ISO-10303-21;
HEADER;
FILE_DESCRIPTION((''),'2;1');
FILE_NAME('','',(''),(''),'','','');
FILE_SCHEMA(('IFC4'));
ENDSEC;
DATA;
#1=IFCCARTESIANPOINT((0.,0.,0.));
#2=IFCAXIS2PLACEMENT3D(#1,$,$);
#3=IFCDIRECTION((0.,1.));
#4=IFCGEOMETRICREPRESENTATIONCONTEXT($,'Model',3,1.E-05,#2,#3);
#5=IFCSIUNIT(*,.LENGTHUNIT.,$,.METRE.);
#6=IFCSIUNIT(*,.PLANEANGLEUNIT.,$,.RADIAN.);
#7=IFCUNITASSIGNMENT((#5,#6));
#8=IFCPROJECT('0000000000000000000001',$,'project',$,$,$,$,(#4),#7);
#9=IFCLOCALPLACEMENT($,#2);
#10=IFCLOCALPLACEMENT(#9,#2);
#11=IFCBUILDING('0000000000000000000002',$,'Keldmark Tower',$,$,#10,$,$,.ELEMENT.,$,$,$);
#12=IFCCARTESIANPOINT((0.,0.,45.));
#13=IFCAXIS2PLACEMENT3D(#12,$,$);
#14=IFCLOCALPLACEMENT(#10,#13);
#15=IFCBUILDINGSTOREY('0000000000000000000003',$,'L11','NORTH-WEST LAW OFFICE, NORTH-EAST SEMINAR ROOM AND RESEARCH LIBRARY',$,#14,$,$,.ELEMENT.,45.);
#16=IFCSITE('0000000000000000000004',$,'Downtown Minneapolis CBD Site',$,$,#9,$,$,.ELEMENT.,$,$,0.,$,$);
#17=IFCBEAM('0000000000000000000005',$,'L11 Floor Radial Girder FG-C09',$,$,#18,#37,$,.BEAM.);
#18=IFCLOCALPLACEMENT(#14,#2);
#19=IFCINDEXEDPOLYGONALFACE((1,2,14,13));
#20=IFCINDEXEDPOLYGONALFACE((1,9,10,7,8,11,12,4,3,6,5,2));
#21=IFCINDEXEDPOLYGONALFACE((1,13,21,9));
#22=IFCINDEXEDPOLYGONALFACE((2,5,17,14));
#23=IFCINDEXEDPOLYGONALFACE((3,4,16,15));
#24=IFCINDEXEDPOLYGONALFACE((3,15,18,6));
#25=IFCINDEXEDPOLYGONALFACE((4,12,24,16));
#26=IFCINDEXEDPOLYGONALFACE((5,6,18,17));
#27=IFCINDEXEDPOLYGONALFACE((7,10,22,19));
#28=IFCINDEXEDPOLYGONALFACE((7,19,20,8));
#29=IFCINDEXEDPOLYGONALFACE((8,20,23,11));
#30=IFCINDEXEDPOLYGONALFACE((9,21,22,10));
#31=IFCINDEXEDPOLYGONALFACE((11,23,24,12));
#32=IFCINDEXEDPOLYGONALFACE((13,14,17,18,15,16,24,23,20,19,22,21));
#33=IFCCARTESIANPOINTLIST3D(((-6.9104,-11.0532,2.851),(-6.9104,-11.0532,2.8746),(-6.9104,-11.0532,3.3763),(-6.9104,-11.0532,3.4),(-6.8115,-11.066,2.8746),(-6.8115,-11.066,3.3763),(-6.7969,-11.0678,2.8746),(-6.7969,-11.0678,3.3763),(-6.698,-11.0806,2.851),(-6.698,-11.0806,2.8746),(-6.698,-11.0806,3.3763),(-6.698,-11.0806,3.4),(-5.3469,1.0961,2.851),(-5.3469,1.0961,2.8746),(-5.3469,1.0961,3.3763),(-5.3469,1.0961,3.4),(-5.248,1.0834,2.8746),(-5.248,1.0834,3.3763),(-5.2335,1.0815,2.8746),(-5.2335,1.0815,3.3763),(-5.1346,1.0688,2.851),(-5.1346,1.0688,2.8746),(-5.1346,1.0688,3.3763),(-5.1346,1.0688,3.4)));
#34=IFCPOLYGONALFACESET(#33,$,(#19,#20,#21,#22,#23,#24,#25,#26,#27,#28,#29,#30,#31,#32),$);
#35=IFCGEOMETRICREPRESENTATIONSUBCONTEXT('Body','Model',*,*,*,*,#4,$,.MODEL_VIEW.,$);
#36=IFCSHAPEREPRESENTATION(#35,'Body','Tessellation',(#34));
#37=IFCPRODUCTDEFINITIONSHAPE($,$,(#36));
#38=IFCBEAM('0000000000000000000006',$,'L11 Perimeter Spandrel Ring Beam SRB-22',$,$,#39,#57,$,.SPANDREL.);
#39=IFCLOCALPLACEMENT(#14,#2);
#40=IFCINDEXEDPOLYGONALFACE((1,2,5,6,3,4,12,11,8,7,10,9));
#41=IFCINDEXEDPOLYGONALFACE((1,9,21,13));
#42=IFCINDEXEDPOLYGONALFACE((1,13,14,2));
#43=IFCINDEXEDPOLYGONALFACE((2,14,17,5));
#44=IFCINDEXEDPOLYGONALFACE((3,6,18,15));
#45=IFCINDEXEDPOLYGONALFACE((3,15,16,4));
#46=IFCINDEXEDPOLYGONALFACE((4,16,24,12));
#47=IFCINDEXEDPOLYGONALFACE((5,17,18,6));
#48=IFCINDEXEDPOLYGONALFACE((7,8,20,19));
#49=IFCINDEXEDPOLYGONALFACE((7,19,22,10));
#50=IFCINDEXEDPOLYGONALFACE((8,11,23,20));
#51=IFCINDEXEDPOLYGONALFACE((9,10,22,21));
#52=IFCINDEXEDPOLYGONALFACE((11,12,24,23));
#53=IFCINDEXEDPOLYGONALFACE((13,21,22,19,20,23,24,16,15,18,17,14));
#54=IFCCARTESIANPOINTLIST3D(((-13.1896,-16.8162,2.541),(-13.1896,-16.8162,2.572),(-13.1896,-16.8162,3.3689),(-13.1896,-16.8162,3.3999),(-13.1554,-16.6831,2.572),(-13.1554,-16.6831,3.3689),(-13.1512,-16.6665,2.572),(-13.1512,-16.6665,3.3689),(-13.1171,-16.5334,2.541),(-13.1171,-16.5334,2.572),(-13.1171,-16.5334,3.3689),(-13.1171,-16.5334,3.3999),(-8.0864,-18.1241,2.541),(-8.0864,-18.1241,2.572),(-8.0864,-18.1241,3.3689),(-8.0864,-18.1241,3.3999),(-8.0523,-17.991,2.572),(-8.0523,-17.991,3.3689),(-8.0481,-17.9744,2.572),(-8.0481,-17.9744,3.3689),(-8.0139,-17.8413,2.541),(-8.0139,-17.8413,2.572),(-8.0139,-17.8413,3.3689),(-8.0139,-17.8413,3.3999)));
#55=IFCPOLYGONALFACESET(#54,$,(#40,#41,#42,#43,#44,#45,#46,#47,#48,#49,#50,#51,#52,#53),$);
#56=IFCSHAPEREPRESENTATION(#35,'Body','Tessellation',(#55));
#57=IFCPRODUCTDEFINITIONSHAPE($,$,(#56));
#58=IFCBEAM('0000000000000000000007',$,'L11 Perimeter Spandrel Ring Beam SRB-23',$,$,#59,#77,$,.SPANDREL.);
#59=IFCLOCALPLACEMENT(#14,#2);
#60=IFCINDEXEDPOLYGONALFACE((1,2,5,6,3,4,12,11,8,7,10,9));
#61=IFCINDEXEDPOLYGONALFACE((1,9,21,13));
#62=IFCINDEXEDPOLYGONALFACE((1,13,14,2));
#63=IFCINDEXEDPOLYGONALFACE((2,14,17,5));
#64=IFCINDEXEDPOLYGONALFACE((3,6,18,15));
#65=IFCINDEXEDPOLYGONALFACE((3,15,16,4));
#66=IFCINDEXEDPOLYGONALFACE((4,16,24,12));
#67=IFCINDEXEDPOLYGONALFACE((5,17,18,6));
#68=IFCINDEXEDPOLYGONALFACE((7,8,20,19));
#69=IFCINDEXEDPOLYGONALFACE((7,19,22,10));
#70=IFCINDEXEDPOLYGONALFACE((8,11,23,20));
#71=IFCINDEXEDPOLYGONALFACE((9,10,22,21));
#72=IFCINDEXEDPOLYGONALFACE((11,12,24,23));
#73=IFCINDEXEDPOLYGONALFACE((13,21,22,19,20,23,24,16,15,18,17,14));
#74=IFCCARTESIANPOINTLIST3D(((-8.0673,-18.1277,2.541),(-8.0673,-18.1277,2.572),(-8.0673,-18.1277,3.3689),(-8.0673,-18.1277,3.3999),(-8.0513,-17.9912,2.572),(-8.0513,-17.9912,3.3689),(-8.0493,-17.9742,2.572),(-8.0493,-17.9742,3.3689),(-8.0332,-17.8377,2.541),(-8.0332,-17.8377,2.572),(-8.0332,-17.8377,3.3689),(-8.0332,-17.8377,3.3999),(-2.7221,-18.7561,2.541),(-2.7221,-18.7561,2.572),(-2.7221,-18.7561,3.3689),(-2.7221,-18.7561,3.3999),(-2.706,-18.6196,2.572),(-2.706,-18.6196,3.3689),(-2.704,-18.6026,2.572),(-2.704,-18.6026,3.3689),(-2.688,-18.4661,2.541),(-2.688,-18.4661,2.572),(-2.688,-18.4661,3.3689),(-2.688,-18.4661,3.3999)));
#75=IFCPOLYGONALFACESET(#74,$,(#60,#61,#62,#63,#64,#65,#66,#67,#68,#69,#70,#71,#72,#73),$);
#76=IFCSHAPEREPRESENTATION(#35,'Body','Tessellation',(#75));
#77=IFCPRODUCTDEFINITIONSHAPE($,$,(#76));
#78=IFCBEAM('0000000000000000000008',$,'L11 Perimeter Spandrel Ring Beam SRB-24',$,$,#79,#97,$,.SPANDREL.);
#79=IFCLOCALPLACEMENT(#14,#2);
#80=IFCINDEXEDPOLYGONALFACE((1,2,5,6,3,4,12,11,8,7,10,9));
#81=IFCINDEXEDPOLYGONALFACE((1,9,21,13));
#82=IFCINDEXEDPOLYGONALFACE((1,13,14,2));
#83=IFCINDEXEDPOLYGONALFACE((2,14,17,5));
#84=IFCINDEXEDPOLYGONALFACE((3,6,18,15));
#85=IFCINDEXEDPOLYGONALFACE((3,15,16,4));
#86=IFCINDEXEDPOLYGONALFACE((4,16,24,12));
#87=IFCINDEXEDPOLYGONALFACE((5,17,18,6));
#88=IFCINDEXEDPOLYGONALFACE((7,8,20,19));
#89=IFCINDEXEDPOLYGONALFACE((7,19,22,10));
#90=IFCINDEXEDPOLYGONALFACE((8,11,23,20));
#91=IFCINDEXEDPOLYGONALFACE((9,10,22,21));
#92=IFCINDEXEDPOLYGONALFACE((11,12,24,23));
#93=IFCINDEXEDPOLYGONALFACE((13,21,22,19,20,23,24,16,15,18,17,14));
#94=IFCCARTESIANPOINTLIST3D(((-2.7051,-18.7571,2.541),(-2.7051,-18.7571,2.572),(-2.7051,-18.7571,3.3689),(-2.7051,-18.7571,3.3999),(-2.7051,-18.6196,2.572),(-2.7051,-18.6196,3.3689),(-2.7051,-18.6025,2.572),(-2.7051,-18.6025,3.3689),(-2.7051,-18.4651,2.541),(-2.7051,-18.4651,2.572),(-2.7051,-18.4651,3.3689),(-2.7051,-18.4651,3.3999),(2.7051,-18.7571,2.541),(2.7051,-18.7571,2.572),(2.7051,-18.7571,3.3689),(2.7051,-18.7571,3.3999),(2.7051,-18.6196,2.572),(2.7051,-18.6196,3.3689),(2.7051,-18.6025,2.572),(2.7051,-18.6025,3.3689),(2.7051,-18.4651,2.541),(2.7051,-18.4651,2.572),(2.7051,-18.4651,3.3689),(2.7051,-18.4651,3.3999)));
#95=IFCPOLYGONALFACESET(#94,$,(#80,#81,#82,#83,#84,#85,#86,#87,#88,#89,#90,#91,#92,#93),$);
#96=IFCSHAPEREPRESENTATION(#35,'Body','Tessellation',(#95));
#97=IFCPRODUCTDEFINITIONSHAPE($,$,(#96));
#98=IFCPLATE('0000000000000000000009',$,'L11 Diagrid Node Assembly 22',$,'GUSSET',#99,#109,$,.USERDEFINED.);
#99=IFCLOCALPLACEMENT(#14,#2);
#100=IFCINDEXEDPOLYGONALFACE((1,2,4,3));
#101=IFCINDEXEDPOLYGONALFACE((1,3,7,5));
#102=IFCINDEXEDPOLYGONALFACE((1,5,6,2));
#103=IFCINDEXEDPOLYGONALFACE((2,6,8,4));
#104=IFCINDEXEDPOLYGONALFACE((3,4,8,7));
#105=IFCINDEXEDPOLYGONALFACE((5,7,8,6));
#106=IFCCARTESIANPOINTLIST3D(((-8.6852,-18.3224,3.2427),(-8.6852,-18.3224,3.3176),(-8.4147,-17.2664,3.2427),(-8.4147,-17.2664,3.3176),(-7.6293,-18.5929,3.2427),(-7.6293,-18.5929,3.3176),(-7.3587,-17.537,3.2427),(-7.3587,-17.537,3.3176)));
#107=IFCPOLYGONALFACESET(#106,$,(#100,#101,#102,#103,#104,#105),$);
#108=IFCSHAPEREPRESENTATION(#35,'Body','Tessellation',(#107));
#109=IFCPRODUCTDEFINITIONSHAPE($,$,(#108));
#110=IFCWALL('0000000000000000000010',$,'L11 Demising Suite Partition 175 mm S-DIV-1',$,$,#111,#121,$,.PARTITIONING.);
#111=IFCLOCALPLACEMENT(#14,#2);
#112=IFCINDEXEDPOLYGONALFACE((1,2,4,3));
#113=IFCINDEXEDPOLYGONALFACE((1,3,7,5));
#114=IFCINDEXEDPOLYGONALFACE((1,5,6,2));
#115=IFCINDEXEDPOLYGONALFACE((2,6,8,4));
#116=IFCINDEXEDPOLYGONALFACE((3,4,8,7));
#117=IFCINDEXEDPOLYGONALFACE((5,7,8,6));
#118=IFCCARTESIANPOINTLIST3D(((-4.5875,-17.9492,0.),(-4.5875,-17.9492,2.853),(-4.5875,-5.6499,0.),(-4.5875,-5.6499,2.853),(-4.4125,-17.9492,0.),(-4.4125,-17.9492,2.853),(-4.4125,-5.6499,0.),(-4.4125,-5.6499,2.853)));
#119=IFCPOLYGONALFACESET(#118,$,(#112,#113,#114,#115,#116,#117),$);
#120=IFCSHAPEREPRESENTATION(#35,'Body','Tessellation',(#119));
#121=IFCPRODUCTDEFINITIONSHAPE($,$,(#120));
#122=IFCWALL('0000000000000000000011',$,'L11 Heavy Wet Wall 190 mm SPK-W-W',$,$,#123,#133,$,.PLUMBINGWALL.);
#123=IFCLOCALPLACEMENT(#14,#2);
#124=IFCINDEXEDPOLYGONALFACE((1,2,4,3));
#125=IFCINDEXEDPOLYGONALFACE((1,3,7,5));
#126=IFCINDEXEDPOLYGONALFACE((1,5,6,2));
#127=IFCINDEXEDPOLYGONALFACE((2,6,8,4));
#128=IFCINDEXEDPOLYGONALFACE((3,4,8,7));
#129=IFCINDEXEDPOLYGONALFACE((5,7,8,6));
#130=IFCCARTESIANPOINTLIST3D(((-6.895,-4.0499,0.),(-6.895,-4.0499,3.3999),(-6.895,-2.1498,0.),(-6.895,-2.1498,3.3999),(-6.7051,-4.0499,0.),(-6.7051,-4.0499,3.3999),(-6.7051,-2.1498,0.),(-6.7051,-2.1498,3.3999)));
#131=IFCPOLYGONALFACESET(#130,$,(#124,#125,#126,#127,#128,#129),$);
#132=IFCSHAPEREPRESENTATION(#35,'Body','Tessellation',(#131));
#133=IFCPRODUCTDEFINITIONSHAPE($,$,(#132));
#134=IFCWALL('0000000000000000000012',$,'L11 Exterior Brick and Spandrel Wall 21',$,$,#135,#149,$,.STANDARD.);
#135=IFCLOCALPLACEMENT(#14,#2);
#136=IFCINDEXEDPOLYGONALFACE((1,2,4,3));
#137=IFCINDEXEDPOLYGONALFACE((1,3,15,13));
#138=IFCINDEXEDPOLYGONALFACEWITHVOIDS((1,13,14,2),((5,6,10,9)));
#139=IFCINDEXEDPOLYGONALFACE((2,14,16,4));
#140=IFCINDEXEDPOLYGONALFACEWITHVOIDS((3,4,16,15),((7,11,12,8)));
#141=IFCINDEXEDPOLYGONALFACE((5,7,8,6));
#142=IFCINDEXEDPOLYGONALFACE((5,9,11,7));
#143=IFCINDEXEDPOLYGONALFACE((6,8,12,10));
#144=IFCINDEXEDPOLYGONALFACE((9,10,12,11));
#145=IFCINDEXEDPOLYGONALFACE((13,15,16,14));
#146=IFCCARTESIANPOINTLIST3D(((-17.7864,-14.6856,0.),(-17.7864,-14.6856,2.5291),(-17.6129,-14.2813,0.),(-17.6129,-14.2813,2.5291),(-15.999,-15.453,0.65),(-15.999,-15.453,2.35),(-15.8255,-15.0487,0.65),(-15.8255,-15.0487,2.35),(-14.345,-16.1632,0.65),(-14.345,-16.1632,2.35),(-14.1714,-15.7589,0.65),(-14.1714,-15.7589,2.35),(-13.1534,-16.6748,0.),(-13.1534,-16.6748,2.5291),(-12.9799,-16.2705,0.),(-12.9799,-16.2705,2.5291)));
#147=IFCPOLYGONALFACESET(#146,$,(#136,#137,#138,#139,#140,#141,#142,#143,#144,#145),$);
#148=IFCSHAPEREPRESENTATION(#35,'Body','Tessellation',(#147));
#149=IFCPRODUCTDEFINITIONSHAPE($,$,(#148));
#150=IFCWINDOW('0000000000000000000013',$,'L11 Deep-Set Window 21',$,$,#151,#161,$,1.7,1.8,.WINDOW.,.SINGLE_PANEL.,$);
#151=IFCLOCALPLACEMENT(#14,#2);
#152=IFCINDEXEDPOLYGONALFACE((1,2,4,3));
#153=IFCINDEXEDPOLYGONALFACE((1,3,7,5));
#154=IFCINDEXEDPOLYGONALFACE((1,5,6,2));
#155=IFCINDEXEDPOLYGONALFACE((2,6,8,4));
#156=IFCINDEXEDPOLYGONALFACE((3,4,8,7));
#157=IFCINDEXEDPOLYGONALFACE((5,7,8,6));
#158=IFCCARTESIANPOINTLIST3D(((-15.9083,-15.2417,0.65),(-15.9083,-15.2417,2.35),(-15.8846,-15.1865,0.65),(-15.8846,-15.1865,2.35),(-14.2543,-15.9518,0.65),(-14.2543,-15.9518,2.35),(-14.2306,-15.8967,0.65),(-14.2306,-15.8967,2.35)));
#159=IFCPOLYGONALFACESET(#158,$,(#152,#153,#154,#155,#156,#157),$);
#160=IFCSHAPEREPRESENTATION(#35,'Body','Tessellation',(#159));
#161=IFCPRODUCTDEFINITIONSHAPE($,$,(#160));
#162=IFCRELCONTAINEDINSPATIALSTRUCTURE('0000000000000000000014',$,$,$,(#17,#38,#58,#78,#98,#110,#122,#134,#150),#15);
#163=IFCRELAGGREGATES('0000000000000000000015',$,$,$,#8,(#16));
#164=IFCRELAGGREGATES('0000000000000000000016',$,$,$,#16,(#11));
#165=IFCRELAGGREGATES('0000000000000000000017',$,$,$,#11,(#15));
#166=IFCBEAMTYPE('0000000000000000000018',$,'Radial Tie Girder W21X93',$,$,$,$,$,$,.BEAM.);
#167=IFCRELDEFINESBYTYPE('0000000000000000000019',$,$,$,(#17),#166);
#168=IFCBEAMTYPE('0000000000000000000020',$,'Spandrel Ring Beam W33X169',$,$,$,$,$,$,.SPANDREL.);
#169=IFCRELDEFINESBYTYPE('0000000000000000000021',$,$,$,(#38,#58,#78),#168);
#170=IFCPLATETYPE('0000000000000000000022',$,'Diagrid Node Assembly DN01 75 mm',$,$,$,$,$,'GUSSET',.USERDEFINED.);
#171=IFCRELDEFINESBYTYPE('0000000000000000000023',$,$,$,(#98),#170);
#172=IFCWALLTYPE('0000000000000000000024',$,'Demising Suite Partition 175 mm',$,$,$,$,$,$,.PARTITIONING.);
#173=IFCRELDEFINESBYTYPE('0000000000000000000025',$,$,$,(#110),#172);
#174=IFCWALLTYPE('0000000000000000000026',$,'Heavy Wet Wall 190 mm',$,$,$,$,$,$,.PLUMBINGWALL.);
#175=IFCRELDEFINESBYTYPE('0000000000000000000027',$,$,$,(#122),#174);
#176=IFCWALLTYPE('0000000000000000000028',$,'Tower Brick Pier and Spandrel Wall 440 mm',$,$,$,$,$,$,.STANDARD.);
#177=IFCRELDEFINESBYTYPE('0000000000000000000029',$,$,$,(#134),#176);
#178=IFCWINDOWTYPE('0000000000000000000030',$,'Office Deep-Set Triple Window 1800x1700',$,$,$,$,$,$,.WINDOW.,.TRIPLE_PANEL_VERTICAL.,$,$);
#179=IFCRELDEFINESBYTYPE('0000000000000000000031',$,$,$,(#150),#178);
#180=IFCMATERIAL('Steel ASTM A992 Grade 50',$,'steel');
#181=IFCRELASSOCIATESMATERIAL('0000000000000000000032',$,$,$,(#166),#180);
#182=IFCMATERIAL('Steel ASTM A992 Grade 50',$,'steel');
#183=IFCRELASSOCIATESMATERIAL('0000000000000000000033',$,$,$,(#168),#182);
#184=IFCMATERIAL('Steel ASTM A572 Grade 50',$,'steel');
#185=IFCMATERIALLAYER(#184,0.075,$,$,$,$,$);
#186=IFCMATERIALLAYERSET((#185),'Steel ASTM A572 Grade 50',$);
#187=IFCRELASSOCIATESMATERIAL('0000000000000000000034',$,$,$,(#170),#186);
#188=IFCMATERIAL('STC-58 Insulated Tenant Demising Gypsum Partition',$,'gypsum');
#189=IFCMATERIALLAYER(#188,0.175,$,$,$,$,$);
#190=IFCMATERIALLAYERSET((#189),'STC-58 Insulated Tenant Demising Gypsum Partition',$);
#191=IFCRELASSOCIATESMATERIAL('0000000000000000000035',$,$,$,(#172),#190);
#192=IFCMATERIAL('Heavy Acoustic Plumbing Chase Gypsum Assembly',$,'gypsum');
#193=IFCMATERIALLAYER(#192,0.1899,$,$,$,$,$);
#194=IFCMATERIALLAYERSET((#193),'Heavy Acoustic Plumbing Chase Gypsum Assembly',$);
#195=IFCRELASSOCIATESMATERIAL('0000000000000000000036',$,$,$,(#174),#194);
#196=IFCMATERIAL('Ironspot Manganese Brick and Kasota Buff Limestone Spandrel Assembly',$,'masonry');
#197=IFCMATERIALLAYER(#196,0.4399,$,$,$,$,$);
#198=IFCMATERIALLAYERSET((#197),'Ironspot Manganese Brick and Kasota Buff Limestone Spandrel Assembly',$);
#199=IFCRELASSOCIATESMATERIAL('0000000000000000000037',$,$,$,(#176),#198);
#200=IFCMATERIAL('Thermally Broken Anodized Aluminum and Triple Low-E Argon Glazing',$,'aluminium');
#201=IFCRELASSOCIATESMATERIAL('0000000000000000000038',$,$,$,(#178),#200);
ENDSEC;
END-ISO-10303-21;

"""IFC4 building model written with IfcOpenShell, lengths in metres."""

from ifc_helpers import new_model, si_unit, direction, frame, frame_2d, origin, origin_2d, place, context, subcontext, project, spatial, rectangle, i_section, extrude, material, layer, layer_set, material_profile, profile_set, type_object, element, fill, save


model = new_model("IFC4")

# Units and contexts
model_context = context("Model", 3, precision=1e-05, world=origin(), true_north=direction((0.0, 1.0)))
body_context = subcontext(model_context, "Body", "Model", "MODEL_VIEW")
ifc_project = project(units=[si_unit("LENGTHUNIT", "METRE"), si_unit("PLANEANGLEUNIT", "RADIAN")], contexts=[model_context])

# Site, building, storey
site_placement = place(None, origin())
site = spatial("IfcSite", under=ifc_project, at=site_placement, Name="Downtown Minneapolis CBD Site", CompositionType="ELEMENT", RefElevation=0.0)
building_placement = place(site_placement, origin())
building = spatial("IfcBuilding", under=site, at=building_placement, Name="Keldmark Tower", CompositionType="ELEMENT")
storey_placement = place(building_placement, frame((0.0, 0.0, 45.0)))
storey = spatial("IfcBuildingStorey", under=building, at=storey_placement, Name="L11", Description="NORTH-WEST LAW OFFICE, NORTH-EAST SEMINAR ROOM AND RESEARCH LIBRARY", CompositionType="ELEMENT", Elevation=45.0)

# Beams
ifc_material_1 = material(Name="Steel ASTM A992 Grade 50", Category="steel")
ifc_material_profile_1 = material_profile(ifc_material_1, i_section(OverallWidth=0.2141, OverallDepth=0.5491, WebThickness=0.0146, FlangeThickness=0.0237, at=origin_2d()), Name="W21X93")
ifc_profile_set_1 = profile_set([ifc_material_profile_1], Name="Steel ASTM A992 Grade 50")
beam_type_1 = type_object("IfcBeamType", Name="Radial Tie Girder W21X93", PredefinedType="BEAM", material=ifc_profile_set_1)
beam_1_placement = place(storey_placement, frame((-6.8042, -11.0669, 3.1255), z_axis=(0.127635, 0.991821, 0.0), x_axis=(-0.991821, 0.127635, 0.0)))
element("IfcBeam", 1, at=beam_1_placement, inside=storey, type_object=beam_type_1, Name="L11 Floor Radial Girder FG-C09", PredefinedType="BEAM", context=body_context, shape_type="SweptSolid", body=[
    extrude(i_section(OverallWidth=0.2141, OverallDepth=0.5491, WebThickness=0.0146, FlangeThickness=0.0237, at=origin_2d()), origin(), (0.0, 0.0, 1.0), 12.2495),
])
ifc_material_2 = material(Name="Steel ASTM A992 Grade 50", Category="steel")
ifc_material_profile_2 = material_profile(ifc_material_2, i_section(OverallWidth=0.292, OverallDepth=0.8589, WebThickness=0.0171, FlangeThickness=0.031, at=origin_2d()), Name="W33X169")
ifc_profile_set_2 = profile_set([ifc_material_profile_2], Name="Steel ASTM A992 Grade 50")
beam_type_2 = type_object("IfcBeamType", Name="Spandrel Ring Beam W33X169", PredefinedType="SPANDREL", material=ifc_profile_set_2)
beam_2_placement = place(storey_placement, frame((-13.1533, -16.6748, 2.9705), z_axis=(0.968692, -0.248267, 0.0), x_axis=(0.248267, 0.968692, 0.0)))
element("IfcBeam", 2, at=beam_2_placement, inside=storey, type_object=beam_type_2, Name="L11 Perimeter Spandrel Ring Beam SRB-22", PredefinedType="SPANDREL", context=body_context, shape_type="SweptSolid", body=[
    extrude(i_section(OverallWidth=0.292, OverallDepth=0.8589, WebThickness=0.0171, FlangeThickness=0.031, at=origin_2d()), origin(), (0.0, 0.0, 1.0), 5.2681),
])
beam_3_placement = place(storey_placement, frame((-8.0503, -17.9827, 2.9705), z_axis=(0.99316, -0.116762, 0.0), x_axis=(0.116762, 0.99316, 0.0)))
element("IfcBeam", 3, at=beam_3_placement, inside=storey, type_object=beam_type_2, Name="L11 Perimeter Spandrel Ring Beam SRB-23", PredefinedType="SPANDREL", context=body_context, shape_type="SweptSolid", body=[
    extrude(i_section(OverallWidth=0.292, OverallDepth=0.8589, WebThickness=0.0171, FlangeThickness=0.031, at=origin_2d()), origin(), (0.0, 0.0, 1.0), 5.3821),
])
beam_4_placement = place(storey_placement, frame((-2.7051, -18.6111, 2.9705), z_axis=(1.0, 0.0, 0.0), x_axis=(0.0, 1.0, 0.0)))
element("IfcBeam", 4, at=beam_4_placement, inside=storey, type_object=beam_type_2, Name="L11 Perimeter Spandrel Ring Beam SRB-24", PredefinedType="SPANDREL", context=body_context, shape_type="SweptSolid", body=[
    extrude(i_section(OverallWidth=0.292, OverallDepth=0.8589, WebThickness=0.0171, FlangeThickness=0.031, at=origin_2d()), origin(), (0.0, 0.0, 1.0), 5.4102),
])

# Plate
ifc_material_3 = material(Name="Steel ASTM A572 Grade 50", Category="steel")
ifc_layer_1 = layer(ifc_material_3, 0.075)
ifc_layer_set_1 = layer_set([ifc_layer_1], Name="Steel ASTM A572 Grade 50")
plate_type = type_object("IfcPlateType", Name="Diagrid Node Assembly DN01 75 mm", ElementType="GUSSET", PredefinedType="USERDEFINED", material=ifc_layer_set_1)
plate_placement = place(storey_placement, frame((-8.022, -17.9297, 3.2427), z_axis=(0.0, 0.0, 1.0), x_axis=(0.968713, -0.248183, 0.0)))
element("IfcPlate", 5, at=plate_placement, inside=storey, type_object=plate_type, Name="L11 Diagrid Node Assembly 22", ObjectType="GUSSET", PredefinedType="USERDEFINED", context=body_context, shape_type="SweptSolid", body=[
    extrude(rectangle(XDim=1.0901, YDim=1.0901, at=origin_2d()), origin(), (0.0, 0.0, 1.0), 0.075),
])

# Wall
ifc_material_4 = material(Name="STC-58 Insulated Tenant Demising Gypsum Partition", Category="gypsum")
ifc_layer_2 = layer(ifc_material_4, 0.175)
ifc_layer_set_2 = layer_set([ifc_layer_2], Name="STC-58 Insulated Tenant Demising Gypsum Partition")
wall_type_1 = type_object("IfcWallType", Name="Demising Suite Partition 175 mm", PredefinedType="PARTITIONING", material=ifc_layer_set_2)
wall_1_placement = place(storey_placement, frame((-4.5, -17.9492, 0.0), z_axis=(0.0, 0.0, 1.0), x_axis=(0.0, 1.0, 0.0)))
element("IfcWall", 6, at=wall_1_placement, inside=storey, type_object=wall_type_1, Name="L11 Demising Suite Partition 175 mm S-DIV-1", PredefinedType="PARTITIONING", context=body_context, shape_type="SweptSolid", body=[
    extrude(rectangle(XDim=12.2993, YDim=0.175, at=frame_2d((6.1497, 0.0))), origin(), (0.0, 0.0, 1.0), 2.853),
])

# Shared definitions
ifc_material_5 = material(Name="Heavy Acoustic Plumbing Chase Gypsum Assembly", Category="gypsum")
ifc_layer_3 = layer(ifc_material_5, 0.1899)
ifc_layer_set_3 = layer_set([ifc_layer_3], Name="Heavy Acoustic Plumbing Chase Gypsum Assembly")
wall_type_2 = type_object("IfcWallType", Name="Heavy Wet Wall 190 mm", PredefinedType="PLUMBINGWALL", material=ifc_layer_set_3)

# Wall
wall_2_placement = place(storey_placement, frame((-6.8, -4.05, 0.0), z_axis=(0.0, 0.0, 1.0), x_axis=(0.0, 1.0, 0.0)))
element("IfcWall", 7, at=wall_2_placement, inside=storey, type_object=wall_type_2, Name="L11 Heavy Wet Wall 190 mm SPK-W-W", PredefinedType="PLUMBINGWALL", context=body_context, shape_type="SweptSolid", body=[
    extrude(rectangle(XDim=1.9001, YDim=0.1899, at=frame_2d((0.9502, 0.0))), origin(), (0.0, 0.0, 1.0), 3.3999),
])

# Wall, opening, window
ifc_material_6 = material(Name="Ironspot Manganese Brick and Kasota Buff Limestone Spandrel Assembly", Category="masonry")
ifc_layer_4 = layer(ifc_material_6, 0.4399)
ifc_layer_set_4 = layer_set([ifc_layer_4], Name="Ironspot Manganese Brick and Kasota Buff Limestone Spandrel Assembly")
wall_type_3 = type_object("IfcWallType", Name="Tower Brick Pier and Spandrel Wall 440 mm", PredefinedType="STANDARD", material=ifc_layer_set_4)
wall_3_placement = place(storey_placement, frame((-13.0667, -16.4727, 0.0), z_axis=(0.0, 0.0, 1.0), x_axis=(-0.918882, 0.394533, 0.0)))
wall_3 = element("IfcWall", 8, at=wall_3_placement, inside=storey, type_object=wall_type_3, Name="L11 Exterior Brick and Spandrel Wall 21", PredefinedType="STANDARD", context=body_context, shape_type="SweptSolid", body=[
    extrude(rectangle(XDim=5.042, YDim=0.4399, at=frame_2d((2.521, 0.0))), origin(), (0.0, 0.0, 1.0), 2.5291),
])
opening_1_placement = place(wall_3_placement, frame((1.2969, 0.0, 0.6499)))
opening_1 = element("IfcOpeningElement", 9, at=opening_1_placement, cuts=wall_3, PredefinedType="OPENING", context=body_context, shape_type="SweptSolid", body=[
    extrude(rectangle(XDim=1.8, YDim=1.7, at=frame_2d((0.8999, 0.8501))), frame((0.0, 0.23, 0.0), z_axis=(0.0, -1.0, 0.0), x_axis=(1.0, 0.0, 0.0)), (0.0, 0.0, 1.0), 0.46),
])
ifc_material_7 = material(Name="Thermally Broken Anodized Aluminum and Triple Low-E Argon Glazing", Category="aluminium")
window_type_1 = type_object("IfcWindowType", Name="Office Deep-Set Triple Window 1800x1700", PartitioningType="TRIPLE_PANEL_VERTICAL", PredefinedType="WINDOW", material=ifc_material_7)
window_1_placement = place(opening_1_placement, origin())
window_1 = element("IfcWindow", 10, at=window_1_placement, inside=storey, type_object=window_type_1, Name="L11 Deep-Set Window 21", OverallHeight=1.7, OverallWidth=1.8, PartitioningType="SINGLE_PANEL", PredefinedType="WINDOW", context=body_context, shape_type="SweptSolid", body=[
    extrude(rectangle(XDim=1.8, YDim=1.7, at=frame_2d((0.8999, 0.8501))), frame((0.0, -0.01, 0.0), z_axis=(0.0, -1.0, 0.0), x_axis=(1.0, 0.0, 0.0)), (0.0, 0.0, 1.0), 0.0601),
])
fill(opening_1, window_1)

save(model, "model.ifc")
